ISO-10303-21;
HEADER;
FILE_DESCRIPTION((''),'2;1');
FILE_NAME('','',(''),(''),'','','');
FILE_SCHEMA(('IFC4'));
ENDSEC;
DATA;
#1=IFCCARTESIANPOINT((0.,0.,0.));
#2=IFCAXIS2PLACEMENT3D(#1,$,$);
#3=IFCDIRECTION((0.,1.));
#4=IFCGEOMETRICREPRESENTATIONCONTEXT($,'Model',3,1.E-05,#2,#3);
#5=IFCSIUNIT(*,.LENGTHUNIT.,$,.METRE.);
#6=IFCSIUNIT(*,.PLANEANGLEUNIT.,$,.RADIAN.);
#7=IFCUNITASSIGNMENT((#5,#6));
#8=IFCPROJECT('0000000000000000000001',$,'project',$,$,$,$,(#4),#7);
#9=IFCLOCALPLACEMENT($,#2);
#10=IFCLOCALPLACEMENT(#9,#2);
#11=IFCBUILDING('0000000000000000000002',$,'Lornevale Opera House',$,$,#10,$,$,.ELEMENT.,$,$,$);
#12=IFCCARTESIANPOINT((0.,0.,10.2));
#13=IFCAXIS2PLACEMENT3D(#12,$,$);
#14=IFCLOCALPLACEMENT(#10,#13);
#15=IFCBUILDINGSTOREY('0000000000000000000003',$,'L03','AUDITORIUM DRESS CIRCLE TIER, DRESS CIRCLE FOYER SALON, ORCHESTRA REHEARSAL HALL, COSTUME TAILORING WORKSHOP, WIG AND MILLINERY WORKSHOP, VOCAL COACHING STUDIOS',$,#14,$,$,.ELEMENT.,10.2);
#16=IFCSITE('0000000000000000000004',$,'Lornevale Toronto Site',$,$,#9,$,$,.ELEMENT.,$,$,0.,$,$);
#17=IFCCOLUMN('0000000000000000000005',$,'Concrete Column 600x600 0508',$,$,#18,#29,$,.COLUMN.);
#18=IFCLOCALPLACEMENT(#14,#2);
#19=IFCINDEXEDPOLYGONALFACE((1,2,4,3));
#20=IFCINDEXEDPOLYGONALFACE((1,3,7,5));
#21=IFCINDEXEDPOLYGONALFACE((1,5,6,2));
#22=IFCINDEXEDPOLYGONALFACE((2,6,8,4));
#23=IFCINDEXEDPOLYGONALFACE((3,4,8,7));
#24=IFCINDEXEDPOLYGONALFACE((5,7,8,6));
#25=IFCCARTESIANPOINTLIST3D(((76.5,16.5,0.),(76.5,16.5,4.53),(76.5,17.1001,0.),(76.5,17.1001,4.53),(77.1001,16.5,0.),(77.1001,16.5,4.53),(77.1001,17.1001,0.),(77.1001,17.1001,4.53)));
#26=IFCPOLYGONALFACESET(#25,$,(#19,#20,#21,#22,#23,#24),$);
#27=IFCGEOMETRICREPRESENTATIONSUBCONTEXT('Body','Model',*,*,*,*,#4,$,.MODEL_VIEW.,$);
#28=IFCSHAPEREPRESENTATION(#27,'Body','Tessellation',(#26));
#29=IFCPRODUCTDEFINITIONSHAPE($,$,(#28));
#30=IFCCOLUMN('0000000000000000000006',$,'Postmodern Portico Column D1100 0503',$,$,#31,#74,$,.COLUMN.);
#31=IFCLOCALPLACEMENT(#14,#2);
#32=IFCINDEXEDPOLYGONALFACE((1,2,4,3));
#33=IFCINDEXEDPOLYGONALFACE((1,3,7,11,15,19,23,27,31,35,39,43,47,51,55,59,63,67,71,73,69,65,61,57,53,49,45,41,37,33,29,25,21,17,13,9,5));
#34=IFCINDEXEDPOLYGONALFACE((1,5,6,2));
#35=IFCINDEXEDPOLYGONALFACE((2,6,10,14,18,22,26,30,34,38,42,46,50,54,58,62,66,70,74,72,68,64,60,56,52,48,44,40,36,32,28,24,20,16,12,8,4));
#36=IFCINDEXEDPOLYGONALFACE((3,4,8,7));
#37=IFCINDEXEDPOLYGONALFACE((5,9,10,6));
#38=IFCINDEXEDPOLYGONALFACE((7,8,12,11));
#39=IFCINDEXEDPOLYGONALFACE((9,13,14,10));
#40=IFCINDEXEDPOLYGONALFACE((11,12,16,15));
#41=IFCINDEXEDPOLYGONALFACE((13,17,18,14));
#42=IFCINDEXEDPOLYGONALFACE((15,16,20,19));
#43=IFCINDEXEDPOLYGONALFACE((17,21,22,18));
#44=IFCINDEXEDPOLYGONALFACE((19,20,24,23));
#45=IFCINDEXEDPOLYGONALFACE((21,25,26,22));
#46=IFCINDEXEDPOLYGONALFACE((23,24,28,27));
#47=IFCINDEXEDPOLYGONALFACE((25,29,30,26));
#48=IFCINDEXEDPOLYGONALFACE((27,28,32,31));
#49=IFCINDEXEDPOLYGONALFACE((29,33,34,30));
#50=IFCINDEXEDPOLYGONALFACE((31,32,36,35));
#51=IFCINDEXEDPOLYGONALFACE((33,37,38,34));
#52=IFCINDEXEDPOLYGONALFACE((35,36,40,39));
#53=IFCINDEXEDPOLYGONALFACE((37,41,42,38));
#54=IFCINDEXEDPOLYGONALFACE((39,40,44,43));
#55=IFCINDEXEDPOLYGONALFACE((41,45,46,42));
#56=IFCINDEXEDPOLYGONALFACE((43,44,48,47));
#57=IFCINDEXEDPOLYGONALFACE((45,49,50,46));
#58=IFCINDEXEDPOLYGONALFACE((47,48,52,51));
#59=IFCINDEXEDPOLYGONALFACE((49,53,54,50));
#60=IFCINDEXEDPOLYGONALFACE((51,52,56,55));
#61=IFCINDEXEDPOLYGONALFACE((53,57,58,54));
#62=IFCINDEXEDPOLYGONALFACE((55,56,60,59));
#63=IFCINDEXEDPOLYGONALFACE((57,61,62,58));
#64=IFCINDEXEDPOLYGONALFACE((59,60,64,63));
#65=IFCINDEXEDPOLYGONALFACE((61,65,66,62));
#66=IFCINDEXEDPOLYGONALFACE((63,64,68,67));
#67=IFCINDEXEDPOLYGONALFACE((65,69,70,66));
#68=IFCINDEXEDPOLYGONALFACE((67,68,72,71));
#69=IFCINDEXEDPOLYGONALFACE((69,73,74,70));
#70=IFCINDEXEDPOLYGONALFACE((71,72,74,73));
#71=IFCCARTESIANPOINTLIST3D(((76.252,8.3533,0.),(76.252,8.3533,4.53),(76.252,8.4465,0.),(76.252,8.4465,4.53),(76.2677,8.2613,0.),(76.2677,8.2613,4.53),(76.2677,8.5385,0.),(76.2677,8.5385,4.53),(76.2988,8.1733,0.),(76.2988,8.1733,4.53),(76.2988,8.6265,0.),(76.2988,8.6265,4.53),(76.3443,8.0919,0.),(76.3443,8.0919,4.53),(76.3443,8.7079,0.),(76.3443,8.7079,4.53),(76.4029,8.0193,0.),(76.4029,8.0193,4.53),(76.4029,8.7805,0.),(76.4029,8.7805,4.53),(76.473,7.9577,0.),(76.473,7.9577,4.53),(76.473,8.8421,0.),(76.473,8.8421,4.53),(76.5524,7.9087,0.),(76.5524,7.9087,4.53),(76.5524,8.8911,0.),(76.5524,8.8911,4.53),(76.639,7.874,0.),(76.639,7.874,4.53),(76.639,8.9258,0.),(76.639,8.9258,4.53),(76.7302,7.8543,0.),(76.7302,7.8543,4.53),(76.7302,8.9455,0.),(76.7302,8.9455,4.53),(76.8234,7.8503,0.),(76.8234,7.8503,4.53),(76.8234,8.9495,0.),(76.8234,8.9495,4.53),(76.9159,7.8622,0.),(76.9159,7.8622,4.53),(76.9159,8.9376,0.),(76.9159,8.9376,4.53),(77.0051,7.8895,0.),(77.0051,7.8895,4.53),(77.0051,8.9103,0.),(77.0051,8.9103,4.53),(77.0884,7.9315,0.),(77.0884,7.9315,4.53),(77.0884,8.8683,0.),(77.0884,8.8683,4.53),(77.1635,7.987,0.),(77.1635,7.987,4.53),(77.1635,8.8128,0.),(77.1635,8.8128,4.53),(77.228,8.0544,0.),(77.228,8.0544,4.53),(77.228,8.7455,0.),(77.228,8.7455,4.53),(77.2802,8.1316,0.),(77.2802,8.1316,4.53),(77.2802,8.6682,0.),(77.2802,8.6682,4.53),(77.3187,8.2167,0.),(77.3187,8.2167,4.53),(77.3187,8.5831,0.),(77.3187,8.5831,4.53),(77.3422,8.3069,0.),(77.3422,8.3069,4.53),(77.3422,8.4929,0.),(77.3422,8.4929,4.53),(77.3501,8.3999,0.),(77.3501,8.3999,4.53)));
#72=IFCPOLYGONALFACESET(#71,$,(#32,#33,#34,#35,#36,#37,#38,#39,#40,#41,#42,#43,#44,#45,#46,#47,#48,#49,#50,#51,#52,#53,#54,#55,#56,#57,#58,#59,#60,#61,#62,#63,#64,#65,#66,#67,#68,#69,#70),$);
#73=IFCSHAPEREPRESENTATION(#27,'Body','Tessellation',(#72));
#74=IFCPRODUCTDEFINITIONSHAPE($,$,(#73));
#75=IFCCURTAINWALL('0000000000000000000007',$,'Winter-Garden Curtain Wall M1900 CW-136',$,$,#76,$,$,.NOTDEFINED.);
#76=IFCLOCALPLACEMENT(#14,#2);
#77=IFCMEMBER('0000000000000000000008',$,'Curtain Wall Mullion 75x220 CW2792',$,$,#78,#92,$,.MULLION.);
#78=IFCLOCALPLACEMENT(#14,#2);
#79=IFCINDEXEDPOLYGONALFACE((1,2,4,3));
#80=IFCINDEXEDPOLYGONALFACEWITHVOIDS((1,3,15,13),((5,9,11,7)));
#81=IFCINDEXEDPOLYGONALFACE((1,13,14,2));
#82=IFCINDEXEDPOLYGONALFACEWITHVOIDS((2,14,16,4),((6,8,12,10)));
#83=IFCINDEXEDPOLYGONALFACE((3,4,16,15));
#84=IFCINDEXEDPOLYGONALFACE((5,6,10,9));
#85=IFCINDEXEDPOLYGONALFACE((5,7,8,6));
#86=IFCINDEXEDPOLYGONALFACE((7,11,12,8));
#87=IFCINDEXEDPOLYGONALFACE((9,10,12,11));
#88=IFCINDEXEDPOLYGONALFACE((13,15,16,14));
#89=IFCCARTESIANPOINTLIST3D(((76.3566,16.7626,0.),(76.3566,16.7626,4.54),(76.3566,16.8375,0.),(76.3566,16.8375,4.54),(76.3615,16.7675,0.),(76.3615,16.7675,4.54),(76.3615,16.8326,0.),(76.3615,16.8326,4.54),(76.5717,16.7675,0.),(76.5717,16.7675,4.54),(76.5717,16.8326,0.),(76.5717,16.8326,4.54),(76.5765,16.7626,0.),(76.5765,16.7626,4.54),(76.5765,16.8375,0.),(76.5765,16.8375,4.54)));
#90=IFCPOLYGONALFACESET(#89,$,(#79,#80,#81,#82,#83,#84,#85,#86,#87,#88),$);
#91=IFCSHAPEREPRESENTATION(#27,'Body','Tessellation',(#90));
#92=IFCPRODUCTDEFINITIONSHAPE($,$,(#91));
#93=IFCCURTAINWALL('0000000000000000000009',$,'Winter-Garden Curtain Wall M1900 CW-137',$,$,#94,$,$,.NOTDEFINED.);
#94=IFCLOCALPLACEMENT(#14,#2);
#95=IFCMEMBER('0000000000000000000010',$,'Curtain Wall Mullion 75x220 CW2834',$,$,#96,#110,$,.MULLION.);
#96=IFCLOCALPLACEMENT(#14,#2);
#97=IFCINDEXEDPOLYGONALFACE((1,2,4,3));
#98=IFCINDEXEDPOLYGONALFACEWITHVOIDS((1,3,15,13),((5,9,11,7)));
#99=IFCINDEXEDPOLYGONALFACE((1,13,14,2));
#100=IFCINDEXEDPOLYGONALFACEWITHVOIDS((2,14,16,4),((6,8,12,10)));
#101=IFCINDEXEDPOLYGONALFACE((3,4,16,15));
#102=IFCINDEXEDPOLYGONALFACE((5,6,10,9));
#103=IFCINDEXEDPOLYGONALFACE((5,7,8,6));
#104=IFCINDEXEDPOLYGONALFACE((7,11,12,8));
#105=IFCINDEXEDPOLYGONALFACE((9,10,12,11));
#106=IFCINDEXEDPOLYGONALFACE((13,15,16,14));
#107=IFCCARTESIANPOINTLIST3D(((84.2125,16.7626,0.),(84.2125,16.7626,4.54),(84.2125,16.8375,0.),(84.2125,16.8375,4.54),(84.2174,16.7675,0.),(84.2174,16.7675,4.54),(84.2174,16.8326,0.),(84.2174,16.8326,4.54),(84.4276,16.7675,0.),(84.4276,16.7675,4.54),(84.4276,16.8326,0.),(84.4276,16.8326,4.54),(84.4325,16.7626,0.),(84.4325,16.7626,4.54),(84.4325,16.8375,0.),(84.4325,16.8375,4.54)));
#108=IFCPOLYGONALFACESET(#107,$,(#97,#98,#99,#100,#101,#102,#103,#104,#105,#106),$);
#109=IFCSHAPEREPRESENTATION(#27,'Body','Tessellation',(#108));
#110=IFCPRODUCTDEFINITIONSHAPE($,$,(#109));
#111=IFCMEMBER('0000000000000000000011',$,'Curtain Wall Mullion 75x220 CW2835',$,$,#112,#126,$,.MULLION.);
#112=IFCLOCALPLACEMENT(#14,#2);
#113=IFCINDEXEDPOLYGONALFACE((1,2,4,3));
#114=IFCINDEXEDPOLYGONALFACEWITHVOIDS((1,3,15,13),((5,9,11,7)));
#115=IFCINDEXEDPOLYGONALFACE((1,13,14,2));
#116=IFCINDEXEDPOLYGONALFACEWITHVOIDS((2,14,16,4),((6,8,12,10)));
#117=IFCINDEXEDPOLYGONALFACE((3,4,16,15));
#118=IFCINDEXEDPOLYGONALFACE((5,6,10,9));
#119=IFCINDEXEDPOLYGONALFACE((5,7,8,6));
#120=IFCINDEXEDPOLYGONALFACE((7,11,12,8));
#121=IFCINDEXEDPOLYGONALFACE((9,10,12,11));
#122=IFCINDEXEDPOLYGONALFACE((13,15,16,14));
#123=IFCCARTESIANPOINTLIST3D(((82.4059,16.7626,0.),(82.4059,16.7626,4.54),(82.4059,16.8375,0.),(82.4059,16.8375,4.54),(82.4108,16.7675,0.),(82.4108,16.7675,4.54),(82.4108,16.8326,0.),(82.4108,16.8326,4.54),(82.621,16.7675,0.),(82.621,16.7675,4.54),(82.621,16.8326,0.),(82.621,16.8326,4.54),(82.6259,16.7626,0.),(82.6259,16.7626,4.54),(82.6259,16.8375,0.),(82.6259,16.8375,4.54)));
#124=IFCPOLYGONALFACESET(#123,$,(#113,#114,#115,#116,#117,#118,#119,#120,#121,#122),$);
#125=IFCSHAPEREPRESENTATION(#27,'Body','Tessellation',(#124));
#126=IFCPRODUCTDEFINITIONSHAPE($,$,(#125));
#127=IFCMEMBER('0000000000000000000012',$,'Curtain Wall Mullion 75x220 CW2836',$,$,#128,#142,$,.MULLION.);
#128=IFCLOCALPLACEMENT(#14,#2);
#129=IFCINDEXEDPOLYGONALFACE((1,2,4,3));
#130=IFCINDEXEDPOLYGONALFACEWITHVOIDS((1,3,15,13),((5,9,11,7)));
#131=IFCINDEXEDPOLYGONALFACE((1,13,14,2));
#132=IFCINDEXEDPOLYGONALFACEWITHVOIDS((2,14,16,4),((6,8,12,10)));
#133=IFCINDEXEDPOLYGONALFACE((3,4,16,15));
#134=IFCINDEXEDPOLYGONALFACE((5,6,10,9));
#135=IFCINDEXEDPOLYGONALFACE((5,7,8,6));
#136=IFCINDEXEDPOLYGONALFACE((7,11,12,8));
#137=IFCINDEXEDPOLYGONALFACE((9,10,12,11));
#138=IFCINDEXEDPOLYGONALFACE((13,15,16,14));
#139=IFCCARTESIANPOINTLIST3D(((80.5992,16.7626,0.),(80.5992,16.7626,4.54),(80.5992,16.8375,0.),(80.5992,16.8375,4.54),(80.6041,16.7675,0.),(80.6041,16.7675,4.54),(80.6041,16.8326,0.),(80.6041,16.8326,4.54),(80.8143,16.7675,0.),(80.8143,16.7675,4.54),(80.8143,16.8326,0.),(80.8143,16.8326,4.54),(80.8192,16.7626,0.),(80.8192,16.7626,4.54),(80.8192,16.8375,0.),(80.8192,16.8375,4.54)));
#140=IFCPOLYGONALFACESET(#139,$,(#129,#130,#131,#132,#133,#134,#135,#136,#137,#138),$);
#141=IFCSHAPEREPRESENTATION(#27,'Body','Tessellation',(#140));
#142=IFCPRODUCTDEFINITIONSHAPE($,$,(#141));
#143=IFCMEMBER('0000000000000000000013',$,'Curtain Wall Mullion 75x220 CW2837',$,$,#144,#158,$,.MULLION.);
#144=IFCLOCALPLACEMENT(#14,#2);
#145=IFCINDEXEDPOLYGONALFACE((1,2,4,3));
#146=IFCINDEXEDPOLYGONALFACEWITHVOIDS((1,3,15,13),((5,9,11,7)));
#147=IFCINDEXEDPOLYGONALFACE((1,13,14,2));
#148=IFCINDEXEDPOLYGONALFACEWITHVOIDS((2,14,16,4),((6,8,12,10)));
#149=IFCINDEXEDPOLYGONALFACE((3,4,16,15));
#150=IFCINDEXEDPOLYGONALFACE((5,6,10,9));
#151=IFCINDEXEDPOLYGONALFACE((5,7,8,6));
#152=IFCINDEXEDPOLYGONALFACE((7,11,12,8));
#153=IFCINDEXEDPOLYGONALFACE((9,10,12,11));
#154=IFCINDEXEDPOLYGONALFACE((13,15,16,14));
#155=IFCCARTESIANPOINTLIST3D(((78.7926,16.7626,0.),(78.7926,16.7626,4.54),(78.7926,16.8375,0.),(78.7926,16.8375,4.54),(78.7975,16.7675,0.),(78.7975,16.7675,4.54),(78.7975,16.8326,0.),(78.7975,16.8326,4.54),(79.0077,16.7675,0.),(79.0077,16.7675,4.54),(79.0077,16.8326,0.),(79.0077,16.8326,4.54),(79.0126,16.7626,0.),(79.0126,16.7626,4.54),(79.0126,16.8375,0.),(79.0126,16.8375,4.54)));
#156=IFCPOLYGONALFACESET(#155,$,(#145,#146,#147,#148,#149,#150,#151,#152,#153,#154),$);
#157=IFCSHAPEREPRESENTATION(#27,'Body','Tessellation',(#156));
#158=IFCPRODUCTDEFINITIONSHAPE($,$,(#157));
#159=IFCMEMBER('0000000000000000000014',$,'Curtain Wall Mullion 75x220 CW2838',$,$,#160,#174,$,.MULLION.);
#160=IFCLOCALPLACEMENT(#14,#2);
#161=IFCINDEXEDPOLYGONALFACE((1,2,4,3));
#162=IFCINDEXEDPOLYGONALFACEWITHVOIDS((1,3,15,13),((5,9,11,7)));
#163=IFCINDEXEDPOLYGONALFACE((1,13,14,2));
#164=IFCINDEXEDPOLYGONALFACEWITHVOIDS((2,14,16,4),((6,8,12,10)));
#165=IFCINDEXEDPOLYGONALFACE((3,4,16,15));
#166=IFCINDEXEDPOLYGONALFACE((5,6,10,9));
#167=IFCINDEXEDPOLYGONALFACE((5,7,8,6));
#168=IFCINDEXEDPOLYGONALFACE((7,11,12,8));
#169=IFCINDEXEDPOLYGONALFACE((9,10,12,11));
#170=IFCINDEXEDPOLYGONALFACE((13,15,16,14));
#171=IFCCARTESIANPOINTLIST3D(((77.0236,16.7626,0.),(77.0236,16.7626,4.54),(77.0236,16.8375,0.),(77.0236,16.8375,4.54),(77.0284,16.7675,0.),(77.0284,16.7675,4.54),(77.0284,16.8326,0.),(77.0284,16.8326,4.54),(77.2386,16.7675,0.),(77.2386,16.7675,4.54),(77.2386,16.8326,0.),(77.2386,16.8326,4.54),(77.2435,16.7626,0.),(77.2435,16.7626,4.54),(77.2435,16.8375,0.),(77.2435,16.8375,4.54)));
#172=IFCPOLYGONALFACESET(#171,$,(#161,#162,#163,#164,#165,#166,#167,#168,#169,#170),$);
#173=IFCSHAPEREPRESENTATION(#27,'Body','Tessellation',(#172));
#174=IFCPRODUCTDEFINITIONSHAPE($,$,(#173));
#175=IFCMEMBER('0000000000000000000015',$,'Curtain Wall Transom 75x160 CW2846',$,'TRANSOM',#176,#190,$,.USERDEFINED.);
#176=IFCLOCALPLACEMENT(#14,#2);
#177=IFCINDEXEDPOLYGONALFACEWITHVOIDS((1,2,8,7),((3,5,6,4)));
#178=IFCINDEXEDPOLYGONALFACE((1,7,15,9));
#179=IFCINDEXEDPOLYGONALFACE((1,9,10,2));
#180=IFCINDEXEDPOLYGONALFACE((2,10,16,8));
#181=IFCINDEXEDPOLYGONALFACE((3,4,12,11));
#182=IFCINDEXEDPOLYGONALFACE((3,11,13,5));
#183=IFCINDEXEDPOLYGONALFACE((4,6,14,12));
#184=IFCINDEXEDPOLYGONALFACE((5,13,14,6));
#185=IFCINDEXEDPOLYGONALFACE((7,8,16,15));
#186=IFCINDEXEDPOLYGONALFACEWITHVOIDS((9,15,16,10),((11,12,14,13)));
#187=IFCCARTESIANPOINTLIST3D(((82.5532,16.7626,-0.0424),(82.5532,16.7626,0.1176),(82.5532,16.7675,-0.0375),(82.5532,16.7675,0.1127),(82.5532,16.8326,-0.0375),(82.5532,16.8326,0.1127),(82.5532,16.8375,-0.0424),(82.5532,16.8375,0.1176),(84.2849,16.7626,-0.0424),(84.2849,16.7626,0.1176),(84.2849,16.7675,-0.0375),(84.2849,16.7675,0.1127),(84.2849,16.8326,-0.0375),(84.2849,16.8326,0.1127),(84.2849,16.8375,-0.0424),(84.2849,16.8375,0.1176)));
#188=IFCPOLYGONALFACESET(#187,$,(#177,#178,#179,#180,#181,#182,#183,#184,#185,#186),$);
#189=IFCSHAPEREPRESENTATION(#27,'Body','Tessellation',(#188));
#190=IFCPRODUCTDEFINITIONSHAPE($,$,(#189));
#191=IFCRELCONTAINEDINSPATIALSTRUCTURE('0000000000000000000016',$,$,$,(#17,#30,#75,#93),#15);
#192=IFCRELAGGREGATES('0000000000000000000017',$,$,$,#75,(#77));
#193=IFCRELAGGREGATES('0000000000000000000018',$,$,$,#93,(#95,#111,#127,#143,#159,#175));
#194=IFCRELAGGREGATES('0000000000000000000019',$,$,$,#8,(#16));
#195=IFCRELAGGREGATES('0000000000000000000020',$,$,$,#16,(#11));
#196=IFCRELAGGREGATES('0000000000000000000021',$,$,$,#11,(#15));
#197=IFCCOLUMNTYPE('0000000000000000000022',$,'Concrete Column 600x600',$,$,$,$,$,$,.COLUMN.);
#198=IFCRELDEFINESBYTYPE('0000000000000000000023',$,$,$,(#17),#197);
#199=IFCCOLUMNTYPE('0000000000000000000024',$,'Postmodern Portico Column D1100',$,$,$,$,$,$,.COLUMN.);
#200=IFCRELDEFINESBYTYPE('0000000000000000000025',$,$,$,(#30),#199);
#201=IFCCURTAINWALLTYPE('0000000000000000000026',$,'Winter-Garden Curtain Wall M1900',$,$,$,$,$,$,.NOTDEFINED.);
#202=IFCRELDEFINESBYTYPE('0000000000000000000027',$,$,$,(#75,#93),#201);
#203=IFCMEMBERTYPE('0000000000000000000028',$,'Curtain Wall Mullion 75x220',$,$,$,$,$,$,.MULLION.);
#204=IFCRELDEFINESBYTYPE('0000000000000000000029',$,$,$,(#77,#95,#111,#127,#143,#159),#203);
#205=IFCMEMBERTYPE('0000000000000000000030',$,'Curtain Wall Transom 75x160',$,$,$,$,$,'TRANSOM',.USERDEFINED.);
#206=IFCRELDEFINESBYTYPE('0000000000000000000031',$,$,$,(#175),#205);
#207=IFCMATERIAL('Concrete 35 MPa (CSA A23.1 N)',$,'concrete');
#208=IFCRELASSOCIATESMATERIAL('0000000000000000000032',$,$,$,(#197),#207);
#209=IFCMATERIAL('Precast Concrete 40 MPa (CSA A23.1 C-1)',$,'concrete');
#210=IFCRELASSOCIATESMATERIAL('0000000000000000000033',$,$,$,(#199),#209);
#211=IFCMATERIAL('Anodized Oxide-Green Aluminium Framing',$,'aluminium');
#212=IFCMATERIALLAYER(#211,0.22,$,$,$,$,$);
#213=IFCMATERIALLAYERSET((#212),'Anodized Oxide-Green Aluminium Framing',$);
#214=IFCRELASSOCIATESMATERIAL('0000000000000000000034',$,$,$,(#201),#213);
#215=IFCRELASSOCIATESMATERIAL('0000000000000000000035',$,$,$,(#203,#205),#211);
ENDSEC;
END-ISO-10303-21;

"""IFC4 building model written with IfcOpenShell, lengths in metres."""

from ifc_helpers import new_model, si_unit, direction, frame, origin, origin_2d, place, context, subcontext, project, spatial, rectangle, hollow_rectangle, circle, extrude, material, layer, layer_set, material_profile, profile_set, type_object, element, aggregate, save


model = new_model("IFC4")

# Units and contexts
model_context = context("Model", 3, precision=1e-05, world=origin(), true_north=direction((0.0, 1.0)))
body_context = subcontext(model_context, "Body", "Model", "MODEL_VIEW")
ifc_project = project(units=[si_unit("LENGTHUNIT", "METRE"), si_unit("PLANEANGLEUNIT", "RADIAN")], contexts=[model_context])

# Site, building, storey
site_placement = place(None, origin())
site = spatial("IfcSite", under=ifc_project, at=site_placement, Name="Lornevale Toronto Site", CompositionType="ELEMENT", RefElevation=0.0)
building_placement = place(site_placement, origin())
building = spatial("IfcBuilding", under=site, at=building_placement, Name="Lornevale Opera House", CompositionType="ELEMENT")
storey_placement = place(building_placement, frame((0.0, 0.0, 10.2)))
storey = spatial("IfcBuildingStorey", under=building, at=storey_placement, Name="L03", Description="AUDITORIUM DRESS CIRCLE TIER, DRESS CIRCLE FOYER SALON, ORCHESTRA REHEARSAL HALL, COSTUME TAILORING WORKSHOP, WIG AND MILLINERY WORKSHOP, VOCAL COACHING STUDIOS", CompositionType="ELEMENT", Elevation=10.2)

# Columns
ifc_material_1 = material(Name="Concrete 35 MPa (CSA A23.1 N)", Category="concrete")
ifc_material_profile_1 = material_profile(ifc_material_1, rectangle(XDim=0.6001, YDim=0.6001, at=origin_2d()), Name="RC600x600")
ifc_profile_set_1 = profile_set([ifc_material_profile_1], Name="Concrete 35 MPa (CSA A23.1 N)")
column_type_1 = type_object("IfcColumnType", Name="Concrete Column 600x600", PredefinedType="COLUMN", material=ifc_profile_set_1)
column_1_placement = place(storey_placement, frame((76.8, 16.8, 0.0), z_axis=(0.0, 0.0, 1.0), x_axis=(1.0, 0.0, 0.0)))
element("IfcColumn", 1, at=column_1_placement, inside=storey, type_object=column_type_1, Name="Concrete Column 600x600 0508", PredefinedType="COLUMN", context=body_context, shape_type="SweptSolid", body=[
    extrude(rectangle(XDim=0.6001, YDim=0.6001, at=origin_2d()), origin(), (0.0, 0.0, 1.0), 4.53),
])
ifc_material_2 = material(Name="Precast Concrete 40 MPa (CSA A23.1 C-1)", Category="concrete")
ifc_material_profile_2 = material_profile(ifc_material_2, circle(Radius=0.55, at=origin_2d()), Name="RCCOL1100")
ifc_profile_set_2 = profile_set([ifc_material_profile_2], Name="Precast Concrete 40 MPa (CSA A23.1 C-1)")
column_type_2 = type_object("IfcColumnType", Name="Postmodern Portico Column D1100", PredefinedType="COLUMN", material=ifc_profile_set_2)
column_2_placement = place(storey_placement, frame((76.8, 8.3999, 0.0), z_axis=(0.0, 0.0, 1.0), x_axis=(1.0, 0.0, 0.0)))
element("IfcColumn", 2, at=column_2_placement, inside=storey, type_object=column_type_2, Name="Postmodern Portico Column D1100 0503", PredefinedType="COLUMN", context=body_context, shape_type="SweptSolid", body=[
    extrude(circle(Radius=0.55, at=origin_2d()), origin(), (0.0, 0.0, 1.0), 4.53),
])

# Curtain wall, member
ifc_material_3 = material(Name="Anodized Oxide-Green Aluminium Framing", Category="aluminium")
ifc_layer_1 = layer(ifc_material_3, 0.22)
ifc_layer_set_1 = layer_set([ifc_layer_1], Name="Anodized Oxide-Green Aluminium Framing")
curtain_wall_type = type_object("IfcCurtainWallType", Name="Winter-Garden Curtain Wall M1900", PredefinedType="NOTDEFINED", material=ifc_layer_set_1)
curtain_wall_1_placement = place(storey_placement, origin())
curtain_wall_1 = element("IfcCurtainWall", 3, at=curtain_wall_1_placement, inside=storey, type_object=curtain_wall_type, Name="Winter-Garden Curtain Wall M1900 CW-136", PredefinedType="NOTDEFINED")
ifc_material_profile_3 = material_profile(ifc_material_3, hollow_rectangle(XDim=0.075, YDim=0.22, WallThickness=0.0049, at=origin_2d()), Name="ALU75x220x5")
ifc_profile_set_3 = profile_set([ifc_material_profile_3], Name="Anodized Oxide-Green Aluminium Framing")
member_type_1 = type_object("IfcMemberType", Name="Curtain Wall Mullion 75x220", PredefinedType="MULLION", material=ifc_profile_set_3)
member_1_placement = place(storey_placement, frame((76.4666, 16.8, 0.0), z_axis=(0.0, 0.0, 1.0), x_axis=(0.0, -1.0, 0.0)))
member_1 = element("IfcMember", 4, at=member_1_placement, type_object=member_type_1, Name="Curtain Wall Mullion 75x220 CW2792", PredefinedType="MULLION", context=body_context, shape_type="SweptSolid", body=[
    extrude(hollow_rectangle(XDim=0.075, YDim=0.22, WallThickness=0.0049, at=origin_2d()), origin(), (0.0, 0.0, 1.0), 4.54),
])
aggregate(curtain_wall_1, [member_1])

# Curtain wall, members
curtain_wall_2_placement = place(storey_placement, origin())
curtain_wall_2 = element("IfcCurtainWall", 5, at=curtain_wall_2_placement, inside=storey, type_object=curtain_wall_type, Name="Winter-Garden Curtain Wall M1900 CW-137", PredefinedType="NOTDEFINED")
member_2_placement = place(storey_placement, frame((84.3225, 16.8, 0.0), z_axis=(0.0, 0.0, 1.0), x_axis=(0.0, -1.0, 0.0)))
member_2 = element("IfcMember", 6, at=member_2_placement, type_object=member_type_1, Name="Curtain Wall Mullion 75x220 CW2834", PredefinedType="MULLION", context=body_context, shape_type="SweptSolid", body=[
    extrude(hollow_rectangle(XDim=0.075, YDim=0.22, WallThickness=0.0049, at=origin_2d()), origin(), (0.0, 0.0, 1.0), 4.54),
])
member_3_placement = place(storey_placement, frame((82.5159, 16.8, 0.0), z_axis=(0.0, 0.0, 1.0), x_axis=(0.0, -1.0, 0.0)))
member_3 = element("IfcMember", 7, at=member_3_placement, type_object=member_type_1, Name="Curtain Wall Mullion 75x220 CW2835", PredefinedType="MULLION", context=body_context, shape_type="SweptSolid", body=[
    extrude(hollow_rectangle(XDim=0.075, YDim=0.22, WallThickness=0.0049, at=origin_2d()), origin(), (0.0, 0.0, 1.0), 4.54),
])
member_4_placement = place(storey_placement, frame((80.7092, 16.8, 0.0), z_axis=(0.0, 0.0, 1.0), x_axis=(0.0, -1.0, 0.0)))
member_4 = element("IfcMember", 8, at=member_4_placement, type_object=member_type_1, Name="Curtain Wall Mullion 75x220 CW2836", PredefinedType="MULLION", context=body_context, shape_type="SweptSolid", body=[
    extrude(hollow_rectangle(XDim=0.075, YDim=0.22, WallThickness=0.0049, at=origin_2d()), origin(), (0.0, 0.0, 1.0), 4.54),
])
member_5_placement = place(storey_placement, frame((78.9026, 16.8, 0.0), z_axis=(0.0, 0.0, 1.0), x_axis=(0.0, -1.0, 0.0)))
member_5 = element("IfcMember", 9, at=member_5_placement, type_object=member_type_1, Name="Curtain Wall Mullion 75x220 CW2837", PredefinedType="MULLION", context=body_context, shape_type="SweptSolid", body=[
    extrude(hollow_rectangle(XDim=0.075, YDim=0.22, WallThickness=0.0049, at=origin_2d()), origin(), (0.0, 0.0, 1.0), 4.54),
])
member_6_placement = place(storey_placement, frame((77.1335, 16.8, 0.0), z_axis=(0.0, 0.0, 1.0), x_axis=(0.0, -1.0, 0.0)))
member_6 = element("IfcMember", 10, at=member_6_placement, type_object=member_type_1, Name="Curtain Wall Mullion 75x220 CW2838", PredefinedType="MULLION", context=body_context, shape_type="SweptSolid", body=[
    extrude(hollow_rectangle(XDim=0.075, YDim=0.22, WallThickness=0.0049, at=origin_2d()), origin(), (0.0, 0.0, 1.0), 4.54),
])
ifc_material_profile_4 = material_profile(ifc_material_3, hollow_rectangle(XDim=0.075, YDim=0.1599, WallThickness=0.0049, at=origin_2d()), Name="ALU75x160x5")
ifc_profile_set_4 = profile_set([ifc_material_profile_4], Name="Anodized Oxide-Green Aluminium Framing")
member_type_2 = type_object("IfcMemberType", Name="Curtain Wall Transom 75x160", ElementType="TRANSOM", PredefinedType="USERDEFINED", material=ifc_profile_set_4)
member_7_placement = place(storey_placement, frame((84.2849, 16.8, 0.0376), z_axis=(-1.0, 0.0, 0.0), x_axis=(0.0, -1.0, 0.0)))
member_7 = element("IfcMember", 11, at=member_7_placement, type_object=member_type_2, Name="Curtain Wall Transom 75x160 CW2846", ObjectType="TRANSOM", PredefinedType="USERDEFINED", context=body_context, shape_type="SweptSolid", body=[
    extrude(hollow_rectangle(XDim=0.075, YDim=0.1599, WallThickness=0.0049, at=origin_2d()), origin(), (0.0, 0.0, 1.0), 1.7317),
])
aggregate(curtain_wall_2, [member_2, member_3, member_4, member_5, member_6, member_7])

save(model, "model.ifc")
